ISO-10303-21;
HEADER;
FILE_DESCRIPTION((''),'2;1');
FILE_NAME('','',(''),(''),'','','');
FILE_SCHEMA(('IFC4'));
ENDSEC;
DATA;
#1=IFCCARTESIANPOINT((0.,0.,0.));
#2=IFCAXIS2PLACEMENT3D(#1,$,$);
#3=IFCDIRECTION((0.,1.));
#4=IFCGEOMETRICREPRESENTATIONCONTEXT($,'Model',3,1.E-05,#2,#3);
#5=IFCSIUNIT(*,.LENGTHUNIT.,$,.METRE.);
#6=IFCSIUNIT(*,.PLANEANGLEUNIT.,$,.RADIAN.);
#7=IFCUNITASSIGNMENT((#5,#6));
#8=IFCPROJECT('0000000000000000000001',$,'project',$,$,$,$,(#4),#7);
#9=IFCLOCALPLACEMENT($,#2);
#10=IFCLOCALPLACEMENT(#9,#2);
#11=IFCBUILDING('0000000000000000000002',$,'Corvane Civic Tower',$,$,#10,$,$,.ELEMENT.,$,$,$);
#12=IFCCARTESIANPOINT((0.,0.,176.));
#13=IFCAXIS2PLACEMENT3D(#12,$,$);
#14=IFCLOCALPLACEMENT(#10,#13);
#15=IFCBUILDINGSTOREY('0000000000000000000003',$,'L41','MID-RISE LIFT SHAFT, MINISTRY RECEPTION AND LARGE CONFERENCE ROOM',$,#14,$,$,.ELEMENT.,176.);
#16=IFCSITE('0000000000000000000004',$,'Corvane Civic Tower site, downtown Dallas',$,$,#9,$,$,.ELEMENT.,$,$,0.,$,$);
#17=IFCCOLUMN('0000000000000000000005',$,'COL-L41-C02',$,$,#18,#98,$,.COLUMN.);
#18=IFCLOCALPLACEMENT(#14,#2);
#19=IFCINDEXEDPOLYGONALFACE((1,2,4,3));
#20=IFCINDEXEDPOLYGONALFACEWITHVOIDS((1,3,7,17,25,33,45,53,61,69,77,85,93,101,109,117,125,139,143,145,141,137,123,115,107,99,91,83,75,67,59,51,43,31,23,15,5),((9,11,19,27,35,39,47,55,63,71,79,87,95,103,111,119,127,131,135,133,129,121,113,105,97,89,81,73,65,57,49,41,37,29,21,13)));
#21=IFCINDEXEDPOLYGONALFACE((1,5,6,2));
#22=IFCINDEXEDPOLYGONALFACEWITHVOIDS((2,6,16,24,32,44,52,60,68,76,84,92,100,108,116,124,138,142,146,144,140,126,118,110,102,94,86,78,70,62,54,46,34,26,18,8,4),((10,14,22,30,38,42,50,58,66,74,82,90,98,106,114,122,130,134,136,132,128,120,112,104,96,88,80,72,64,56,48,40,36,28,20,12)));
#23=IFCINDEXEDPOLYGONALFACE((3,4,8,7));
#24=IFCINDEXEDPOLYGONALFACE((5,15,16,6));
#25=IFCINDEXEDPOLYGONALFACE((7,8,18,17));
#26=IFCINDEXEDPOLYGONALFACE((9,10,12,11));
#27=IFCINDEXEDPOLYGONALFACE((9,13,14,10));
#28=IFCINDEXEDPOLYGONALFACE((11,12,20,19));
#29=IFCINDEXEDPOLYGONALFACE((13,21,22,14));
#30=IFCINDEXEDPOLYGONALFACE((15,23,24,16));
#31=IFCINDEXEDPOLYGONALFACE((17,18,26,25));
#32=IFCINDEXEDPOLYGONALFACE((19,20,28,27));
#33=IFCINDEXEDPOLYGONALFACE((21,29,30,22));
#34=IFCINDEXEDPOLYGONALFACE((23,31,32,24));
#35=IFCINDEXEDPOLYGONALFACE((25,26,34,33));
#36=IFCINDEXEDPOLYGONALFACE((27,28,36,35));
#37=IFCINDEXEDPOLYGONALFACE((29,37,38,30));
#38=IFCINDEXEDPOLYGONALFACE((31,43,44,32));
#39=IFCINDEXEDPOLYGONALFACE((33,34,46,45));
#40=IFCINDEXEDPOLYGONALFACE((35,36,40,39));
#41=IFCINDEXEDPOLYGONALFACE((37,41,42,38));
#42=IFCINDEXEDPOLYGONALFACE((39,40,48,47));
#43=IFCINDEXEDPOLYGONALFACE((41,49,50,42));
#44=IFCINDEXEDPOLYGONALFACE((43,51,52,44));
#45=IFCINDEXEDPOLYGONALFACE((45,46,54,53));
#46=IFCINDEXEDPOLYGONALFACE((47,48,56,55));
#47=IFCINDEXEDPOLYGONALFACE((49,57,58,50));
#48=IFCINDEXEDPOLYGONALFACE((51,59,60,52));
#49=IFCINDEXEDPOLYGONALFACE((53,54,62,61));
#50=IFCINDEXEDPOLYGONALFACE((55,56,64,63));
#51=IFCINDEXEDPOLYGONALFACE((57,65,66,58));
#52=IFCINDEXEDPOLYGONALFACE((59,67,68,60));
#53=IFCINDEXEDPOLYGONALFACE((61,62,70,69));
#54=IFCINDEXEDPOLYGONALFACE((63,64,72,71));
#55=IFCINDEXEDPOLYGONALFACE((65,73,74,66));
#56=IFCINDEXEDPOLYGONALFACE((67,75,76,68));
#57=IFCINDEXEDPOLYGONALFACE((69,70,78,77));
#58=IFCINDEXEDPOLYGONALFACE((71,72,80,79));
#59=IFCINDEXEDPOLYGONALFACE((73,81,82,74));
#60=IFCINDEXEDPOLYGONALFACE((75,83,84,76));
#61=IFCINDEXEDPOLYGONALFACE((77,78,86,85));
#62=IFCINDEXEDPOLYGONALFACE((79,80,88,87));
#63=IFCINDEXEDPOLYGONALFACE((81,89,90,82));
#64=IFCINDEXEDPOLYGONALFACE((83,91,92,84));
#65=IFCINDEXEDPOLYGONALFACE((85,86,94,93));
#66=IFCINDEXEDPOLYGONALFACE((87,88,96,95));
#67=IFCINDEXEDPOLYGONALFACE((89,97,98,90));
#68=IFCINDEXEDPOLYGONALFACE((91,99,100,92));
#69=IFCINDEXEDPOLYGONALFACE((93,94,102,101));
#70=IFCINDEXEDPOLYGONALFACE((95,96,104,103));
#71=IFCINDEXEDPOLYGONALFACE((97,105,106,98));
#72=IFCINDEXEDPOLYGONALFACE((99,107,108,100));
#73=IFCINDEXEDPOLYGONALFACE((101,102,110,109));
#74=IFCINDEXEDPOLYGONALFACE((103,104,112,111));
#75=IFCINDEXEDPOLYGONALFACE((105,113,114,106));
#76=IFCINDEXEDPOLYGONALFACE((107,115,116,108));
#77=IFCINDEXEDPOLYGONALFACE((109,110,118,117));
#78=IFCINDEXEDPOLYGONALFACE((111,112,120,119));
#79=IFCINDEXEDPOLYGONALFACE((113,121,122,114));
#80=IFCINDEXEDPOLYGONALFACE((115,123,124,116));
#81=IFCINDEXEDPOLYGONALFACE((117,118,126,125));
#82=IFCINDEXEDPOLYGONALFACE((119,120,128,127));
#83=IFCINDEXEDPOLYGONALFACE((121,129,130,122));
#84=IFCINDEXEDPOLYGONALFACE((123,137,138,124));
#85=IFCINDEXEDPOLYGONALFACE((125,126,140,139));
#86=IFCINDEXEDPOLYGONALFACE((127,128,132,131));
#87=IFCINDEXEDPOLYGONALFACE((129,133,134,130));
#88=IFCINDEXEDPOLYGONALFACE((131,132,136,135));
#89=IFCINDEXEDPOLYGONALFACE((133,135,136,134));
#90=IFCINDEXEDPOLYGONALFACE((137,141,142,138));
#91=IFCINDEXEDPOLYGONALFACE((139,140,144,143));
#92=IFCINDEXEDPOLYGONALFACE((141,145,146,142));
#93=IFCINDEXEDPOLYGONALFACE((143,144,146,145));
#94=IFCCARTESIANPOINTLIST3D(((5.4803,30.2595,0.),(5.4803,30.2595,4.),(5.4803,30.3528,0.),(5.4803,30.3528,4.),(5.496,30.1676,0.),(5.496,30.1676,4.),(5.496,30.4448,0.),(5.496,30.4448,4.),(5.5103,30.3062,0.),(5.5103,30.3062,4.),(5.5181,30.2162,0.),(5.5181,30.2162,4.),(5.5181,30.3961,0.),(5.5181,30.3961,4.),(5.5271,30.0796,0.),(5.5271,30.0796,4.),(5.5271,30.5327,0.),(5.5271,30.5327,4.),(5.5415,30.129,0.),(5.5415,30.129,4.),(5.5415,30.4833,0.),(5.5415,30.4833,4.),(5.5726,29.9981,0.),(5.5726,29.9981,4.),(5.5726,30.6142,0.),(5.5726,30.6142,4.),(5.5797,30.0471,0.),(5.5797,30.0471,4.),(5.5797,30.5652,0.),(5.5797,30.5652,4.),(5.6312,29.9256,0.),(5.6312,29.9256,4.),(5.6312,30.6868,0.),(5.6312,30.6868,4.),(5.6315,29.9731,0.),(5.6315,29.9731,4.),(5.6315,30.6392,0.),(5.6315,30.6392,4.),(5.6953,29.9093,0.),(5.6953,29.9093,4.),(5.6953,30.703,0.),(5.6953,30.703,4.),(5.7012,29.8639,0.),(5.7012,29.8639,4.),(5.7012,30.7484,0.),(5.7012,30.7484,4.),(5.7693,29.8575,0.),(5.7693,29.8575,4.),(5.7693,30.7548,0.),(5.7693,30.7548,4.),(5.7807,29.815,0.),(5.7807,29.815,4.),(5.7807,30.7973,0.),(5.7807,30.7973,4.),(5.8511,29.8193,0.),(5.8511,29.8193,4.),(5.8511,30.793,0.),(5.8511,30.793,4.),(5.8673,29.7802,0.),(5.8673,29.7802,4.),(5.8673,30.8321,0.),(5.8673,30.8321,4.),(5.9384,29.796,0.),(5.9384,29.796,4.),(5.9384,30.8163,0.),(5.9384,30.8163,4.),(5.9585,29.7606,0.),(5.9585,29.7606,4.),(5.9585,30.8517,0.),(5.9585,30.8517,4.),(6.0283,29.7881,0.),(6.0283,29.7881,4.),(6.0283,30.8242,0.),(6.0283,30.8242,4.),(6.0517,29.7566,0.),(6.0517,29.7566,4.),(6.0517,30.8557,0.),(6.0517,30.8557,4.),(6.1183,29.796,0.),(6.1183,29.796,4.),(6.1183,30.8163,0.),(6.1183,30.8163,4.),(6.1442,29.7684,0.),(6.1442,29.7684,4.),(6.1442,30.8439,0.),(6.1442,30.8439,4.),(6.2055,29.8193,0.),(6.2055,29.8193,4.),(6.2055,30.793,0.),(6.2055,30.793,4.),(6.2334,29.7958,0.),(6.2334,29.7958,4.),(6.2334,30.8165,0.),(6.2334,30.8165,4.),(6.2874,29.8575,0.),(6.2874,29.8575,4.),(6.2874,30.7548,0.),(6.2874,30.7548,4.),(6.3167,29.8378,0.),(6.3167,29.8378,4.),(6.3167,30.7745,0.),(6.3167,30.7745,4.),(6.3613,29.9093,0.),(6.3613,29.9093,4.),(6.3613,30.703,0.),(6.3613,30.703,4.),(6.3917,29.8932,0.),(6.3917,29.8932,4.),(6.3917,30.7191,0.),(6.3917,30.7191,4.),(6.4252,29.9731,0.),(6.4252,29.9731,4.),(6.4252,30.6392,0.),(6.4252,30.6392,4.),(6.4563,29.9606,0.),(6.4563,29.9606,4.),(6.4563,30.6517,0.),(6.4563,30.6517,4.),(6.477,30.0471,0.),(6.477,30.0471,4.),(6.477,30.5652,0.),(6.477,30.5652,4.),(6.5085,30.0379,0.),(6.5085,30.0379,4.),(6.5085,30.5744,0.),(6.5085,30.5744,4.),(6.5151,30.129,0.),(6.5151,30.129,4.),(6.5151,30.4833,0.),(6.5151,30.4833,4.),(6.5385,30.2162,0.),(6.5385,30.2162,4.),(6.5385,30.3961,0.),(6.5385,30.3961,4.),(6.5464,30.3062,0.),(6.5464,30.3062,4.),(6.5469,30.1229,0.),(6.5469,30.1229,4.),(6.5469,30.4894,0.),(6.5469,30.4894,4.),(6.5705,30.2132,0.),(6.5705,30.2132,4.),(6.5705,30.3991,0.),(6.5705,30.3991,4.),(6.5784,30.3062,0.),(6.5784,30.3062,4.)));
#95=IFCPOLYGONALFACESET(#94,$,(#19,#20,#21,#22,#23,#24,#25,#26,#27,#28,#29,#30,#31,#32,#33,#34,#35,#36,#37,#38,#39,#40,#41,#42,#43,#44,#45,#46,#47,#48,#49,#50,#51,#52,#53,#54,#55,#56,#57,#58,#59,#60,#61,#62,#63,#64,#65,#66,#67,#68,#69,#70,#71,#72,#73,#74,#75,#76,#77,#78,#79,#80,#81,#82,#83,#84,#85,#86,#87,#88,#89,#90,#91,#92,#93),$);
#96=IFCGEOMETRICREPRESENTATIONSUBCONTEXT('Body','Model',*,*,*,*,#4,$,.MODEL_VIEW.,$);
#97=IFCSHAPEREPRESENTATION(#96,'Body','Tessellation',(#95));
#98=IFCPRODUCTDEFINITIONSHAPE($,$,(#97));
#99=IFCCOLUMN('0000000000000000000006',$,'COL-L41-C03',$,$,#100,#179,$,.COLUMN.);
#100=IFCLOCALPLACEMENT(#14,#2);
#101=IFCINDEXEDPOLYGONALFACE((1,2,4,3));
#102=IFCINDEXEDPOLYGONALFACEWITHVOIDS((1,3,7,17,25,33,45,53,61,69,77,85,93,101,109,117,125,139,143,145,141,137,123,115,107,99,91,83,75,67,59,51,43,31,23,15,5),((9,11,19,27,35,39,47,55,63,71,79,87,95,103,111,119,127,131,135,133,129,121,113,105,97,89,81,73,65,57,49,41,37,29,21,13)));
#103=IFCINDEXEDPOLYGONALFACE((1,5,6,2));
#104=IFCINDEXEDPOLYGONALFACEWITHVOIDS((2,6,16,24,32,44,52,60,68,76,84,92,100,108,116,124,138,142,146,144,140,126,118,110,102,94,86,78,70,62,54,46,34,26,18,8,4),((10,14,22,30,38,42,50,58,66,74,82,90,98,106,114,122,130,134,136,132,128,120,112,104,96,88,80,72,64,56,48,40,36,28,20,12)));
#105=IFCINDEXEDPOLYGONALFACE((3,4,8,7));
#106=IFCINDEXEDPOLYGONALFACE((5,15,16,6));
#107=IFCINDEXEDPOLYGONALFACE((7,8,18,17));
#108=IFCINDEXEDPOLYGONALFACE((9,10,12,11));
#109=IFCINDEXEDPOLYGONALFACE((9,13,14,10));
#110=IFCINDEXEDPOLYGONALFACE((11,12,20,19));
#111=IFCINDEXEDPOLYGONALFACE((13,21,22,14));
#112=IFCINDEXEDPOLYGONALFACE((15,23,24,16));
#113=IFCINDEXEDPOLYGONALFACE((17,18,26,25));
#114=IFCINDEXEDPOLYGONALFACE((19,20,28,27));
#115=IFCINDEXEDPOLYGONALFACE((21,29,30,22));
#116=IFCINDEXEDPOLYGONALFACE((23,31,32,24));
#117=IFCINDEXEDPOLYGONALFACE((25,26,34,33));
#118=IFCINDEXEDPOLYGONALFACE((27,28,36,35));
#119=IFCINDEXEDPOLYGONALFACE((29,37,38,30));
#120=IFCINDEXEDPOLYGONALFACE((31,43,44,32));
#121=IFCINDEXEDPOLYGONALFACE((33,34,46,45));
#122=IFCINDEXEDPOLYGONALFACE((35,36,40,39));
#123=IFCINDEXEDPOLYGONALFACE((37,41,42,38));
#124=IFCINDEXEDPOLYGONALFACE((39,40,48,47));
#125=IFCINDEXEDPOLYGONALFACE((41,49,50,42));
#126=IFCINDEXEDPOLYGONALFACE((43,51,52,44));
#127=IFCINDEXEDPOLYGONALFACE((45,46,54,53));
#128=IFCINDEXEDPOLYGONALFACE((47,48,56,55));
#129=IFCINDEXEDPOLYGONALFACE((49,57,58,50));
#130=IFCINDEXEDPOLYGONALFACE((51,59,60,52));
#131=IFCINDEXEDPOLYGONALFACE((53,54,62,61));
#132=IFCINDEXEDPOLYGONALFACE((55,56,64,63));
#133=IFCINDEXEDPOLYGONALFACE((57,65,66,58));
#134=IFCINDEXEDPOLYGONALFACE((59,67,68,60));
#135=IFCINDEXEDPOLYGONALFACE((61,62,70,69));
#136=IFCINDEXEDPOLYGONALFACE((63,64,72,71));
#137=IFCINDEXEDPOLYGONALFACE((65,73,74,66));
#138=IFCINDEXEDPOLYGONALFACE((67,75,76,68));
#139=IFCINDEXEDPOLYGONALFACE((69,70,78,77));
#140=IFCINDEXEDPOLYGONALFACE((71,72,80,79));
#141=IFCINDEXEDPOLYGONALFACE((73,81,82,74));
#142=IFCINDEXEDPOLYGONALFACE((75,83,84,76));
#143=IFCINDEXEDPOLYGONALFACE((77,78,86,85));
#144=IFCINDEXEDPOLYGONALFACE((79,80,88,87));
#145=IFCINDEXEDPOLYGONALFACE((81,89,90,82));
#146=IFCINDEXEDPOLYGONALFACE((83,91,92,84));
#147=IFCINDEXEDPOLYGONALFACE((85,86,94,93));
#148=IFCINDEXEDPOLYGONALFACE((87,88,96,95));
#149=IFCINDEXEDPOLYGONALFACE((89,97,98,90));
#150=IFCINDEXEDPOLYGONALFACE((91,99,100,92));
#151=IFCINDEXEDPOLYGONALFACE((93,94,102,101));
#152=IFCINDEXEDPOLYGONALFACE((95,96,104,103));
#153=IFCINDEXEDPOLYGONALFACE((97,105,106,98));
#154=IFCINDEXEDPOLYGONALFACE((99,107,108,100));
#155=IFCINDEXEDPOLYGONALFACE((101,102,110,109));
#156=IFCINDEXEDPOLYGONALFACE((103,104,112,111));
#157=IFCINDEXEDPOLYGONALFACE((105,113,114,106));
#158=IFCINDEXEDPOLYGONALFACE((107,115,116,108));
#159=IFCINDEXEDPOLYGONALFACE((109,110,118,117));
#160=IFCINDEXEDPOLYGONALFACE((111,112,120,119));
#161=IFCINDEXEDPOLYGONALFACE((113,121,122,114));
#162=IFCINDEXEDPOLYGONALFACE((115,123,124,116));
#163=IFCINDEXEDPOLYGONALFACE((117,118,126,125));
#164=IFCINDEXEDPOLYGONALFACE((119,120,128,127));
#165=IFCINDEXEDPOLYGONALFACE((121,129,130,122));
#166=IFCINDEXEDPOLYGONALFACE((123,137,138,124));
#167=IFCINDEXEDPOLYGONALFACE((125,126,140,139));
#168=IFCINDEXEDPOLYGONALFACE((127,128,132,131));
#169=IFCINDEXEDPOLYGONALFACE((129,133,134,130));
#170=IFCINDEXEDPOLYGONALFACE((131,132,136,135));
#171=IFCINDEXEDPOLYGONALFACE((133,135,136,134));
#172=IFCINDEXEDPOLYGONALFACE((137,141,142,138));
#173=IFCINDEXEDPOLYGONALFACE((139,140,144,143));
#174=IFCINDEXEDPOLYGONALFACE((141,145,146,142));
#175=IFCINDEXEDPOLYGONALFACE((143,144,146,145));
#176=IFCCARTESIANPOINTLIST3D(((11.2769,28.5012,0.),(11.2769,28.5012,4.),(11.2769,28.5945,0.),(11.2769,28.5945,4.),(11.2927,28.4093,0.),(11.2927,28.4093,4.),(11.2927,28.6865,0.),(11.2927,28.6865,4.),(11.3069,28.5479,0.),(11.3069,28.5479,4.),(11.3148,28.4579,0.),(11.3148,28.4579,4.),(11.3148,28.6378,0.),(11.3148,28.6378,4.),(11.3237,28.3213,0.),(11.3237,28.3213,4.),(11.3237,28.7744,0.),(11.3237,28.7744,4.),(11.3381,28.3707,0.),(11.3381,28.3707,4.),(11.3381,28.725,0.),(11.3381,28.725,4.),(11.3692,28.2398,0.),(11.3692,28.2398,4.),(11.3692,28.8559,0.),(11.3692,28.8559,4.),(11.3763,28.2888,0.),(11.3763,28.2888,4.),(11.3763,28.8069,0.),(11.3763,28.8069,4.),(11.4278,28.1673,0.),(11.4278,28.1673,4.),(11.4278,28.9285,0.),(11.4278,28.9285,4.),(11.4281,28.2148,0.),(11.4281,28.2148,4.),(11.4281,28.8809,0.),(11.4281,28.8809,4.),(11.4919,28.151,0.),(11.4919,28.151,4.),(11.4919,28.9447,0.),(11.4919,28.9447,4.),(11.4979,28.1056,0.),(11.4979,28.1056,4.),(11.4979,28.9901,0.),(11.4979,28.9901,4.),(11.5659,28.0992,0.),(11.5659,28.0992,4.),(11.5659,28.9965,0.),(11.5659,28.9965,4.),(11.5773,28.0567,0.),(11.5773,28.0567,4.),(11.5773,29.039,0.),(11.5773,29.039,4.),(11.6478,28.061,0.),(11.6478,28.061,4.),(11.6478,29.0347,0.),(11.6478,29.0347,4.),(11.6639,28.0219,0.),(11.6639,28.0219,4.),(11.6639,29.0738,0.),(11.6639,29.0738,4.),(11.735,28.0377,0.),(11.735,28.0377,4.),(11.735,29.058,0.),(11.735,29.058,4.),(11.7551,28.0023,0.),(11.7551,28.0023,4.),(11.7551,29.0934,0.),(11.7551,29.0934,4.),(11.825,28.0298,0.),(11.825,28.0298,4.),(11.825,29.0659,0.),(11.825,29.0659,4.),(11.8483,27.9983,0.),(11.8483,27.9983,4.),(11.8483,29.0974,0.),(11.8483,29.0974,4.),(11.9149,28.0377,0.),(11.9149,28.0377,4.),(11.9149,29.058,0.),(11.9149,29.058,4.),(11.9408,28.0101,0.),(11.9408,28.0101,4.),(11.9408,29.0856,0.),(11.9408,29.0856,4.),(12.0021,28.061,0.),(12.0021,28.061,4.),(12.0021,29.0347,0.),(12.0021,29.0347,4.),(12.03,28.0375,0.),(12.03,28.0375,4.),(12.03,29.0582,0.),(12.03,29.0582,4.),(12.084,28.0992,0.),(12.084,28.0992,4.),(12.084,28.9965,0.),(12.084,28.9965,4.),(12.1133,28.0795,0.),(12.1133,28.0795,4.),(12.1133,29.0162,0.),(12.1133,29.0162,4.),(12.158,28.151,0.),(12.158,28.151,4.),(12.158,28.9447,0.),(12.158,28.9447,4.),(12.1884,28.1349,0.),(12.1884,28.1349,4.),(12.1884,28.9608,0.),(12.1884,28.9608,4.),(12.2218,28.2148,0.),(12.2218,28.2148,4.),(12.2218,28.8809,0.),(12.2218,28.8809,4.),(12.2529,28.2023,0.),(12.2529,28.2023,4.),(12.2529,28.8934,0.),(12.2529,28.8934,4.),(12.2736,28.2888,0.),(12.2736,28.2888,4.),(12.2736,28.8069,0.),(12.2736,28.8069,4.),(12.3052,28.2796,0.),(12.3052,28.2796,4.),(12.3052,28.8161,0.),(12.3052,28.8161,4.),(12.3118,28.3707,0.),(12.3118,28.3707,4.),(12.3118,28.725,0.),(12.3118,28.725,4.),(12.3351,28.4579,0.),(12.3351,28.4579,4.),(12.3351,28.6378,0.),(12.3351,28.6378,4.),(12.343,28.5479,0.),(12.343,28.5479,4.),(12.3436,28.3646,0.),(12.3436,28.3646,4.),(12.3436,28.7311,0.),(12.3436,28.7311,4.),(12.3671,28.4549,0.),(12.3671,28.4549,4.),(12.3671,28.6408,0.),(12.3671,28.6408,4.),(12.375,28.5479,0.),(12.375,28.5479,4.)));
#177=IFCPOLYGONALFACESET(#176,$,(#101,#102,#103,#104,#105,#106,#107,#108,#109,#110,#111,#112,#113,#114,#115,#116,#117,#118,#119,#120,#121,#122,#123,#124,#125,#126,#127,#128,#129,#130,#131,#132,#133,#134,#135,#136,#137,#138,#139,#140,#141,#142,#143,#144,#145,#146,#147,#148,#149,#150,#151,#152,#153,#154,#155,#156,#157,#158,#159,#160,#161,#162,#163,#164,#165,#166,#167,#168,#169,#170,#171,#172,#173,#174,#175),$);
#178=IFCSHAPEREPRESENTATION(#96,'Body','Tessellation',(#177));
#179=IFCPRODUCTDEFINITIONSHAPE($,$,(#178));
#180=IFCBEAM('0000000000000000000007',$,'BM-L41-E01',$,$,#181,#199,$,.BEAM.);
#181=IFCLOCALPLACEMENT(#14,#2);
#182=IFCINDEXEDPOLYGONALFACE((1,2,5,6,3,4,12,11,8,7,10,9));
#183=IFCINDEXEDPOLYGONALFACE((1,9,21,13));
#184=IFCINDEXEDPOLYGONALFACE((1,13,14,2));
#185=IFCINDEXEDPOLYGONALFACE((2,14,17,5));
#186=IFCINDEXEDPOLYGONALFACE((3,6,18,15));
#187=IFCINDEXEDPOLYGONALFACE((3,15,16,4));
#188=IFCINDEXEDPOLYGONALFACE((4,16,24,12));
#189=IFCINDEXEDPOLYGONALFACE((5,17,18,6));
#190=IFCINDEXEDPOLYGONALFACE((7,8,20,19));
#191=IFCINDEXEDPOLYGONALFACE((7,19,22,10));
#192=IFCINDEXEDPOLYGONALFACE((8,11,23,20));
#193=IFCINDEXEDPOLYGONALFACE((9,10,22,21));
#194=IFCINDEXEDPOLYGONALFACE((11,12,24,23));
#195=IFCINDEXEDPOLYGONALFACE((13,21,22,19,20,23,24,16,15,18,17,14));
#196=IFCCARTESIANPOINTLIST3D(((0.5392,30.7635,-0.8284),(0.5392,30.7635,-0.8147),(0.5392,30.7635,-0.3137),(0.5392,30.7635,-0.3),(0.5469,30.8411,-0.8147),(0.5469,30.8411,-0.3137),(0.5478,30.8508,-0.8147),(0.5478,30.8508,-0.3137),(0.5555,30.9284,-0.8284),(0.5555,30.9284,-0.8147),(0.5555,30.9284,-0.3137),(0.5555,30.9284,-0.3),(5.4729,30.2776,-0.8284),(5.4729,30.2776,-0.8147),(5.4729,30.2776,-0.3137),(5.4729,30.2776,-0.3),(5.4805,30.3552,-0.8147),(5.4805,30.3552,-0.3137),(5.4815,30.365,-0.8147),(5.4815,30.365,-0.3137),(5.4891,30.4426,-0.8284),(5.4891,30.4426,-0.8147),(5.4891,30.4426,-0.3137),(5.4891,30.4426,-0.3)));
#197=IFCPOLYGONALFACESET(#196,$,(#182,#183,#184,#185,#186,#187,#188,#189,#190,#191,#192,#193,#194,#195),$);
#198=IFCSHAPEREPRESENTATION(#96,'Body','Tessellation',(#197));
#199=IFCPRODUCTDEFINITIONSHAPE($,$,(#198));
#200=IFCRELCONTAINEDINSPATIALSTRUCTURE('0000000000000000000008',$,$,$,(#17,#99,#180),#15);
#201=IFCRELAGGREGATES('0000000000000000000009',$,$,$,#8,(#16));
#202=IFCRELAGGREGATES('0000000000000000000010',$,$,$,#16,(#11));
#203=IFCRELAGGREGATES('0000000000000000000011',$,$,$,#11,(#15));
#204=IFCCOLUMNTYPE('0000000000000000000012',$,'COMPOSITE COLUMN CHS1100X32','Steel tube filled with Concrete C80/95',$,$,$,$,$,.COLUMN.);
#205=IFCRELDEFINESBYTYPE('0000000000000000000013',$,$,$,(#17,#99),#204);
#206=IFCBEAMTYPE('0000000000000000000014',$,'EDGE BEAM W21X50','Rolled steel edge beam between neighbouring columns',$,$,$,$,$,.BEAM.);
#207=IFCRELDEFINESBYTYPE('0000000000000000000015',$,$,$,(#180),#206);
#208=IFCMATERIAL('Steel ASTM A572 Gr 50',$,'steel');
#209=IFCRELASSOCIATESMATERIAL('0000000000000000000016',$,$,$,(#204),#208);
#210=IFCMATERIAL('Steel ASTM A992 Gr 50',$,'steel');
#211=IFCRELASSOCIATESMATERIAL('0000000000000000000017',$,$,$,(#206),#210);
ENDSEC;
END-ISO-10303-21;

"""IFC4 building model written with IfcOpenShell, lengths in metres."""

from ifc_helpers import new_model, si_unit, direction, frame, origin, origin_2d, place, context, subcontext, project, spatial, hollow_circle, i_section, extrude, material, material_profile, profile_set, type_object, element, save


model = new_model("IFC4")

# Units and contexts
model_context = context("Model", 3, precision=1e-05, world=origin(), true_north=direction((0.0, 1.0)))
body_context = subcontext(model_context, "Body", "Model", "MODEL_VIEW")
ifc_project = project(units=[si_unit("LENGTHUNIT", "METRE"), si_unit("PLANEANGLEUNIT", "RADIAN")], contexts=[model_context])

# Site, building, storey
site_placement = place(None, origin())
site = spatial("IfcSite", under=ifc_project, at=site_placement, Name="Corvane Civic Tower site, downtown Dallas", CompositionType="ELEMENT", RefElevation=0.0)
building_placement = place(site_placement, origin())
building = spatial("IfcBuilding", under=site, at=building_placement, Name="Corvane Civic Tower", CompositionType="ELEMENT")
storey_placement = place(building_placement, frame((0.0, 0.0, 176.0)))
storey = spatial("IfcBuildingStorey", under=building, at=storey_placement, Name="L41", Description="MID-RISE LIFT SHAFT, MINISTRY RECEPTION AND LARGE CONFERENCE ROOM", CompositionType="ELEMENT", Elevation=176.0)

# Columns
ifc_material_1 = material(Name="Steel ASTM A572 Gr 50", Category="steel")
ifc_material_profile_1 = material_profile(ifc_material_1, hollow_circle(Radius=0.55, WallThickness=0.032, at=origin_2d()), Name="CHS1100X32")
ifc_profile_set_1 = profile_set([ifc_material_profile_1], Name="Steel ASTM A572 Gr 50")
column_type = type_object("IfcColumnType", Name="COMPOSITE COLUMN CHS1100X32", Description="Steel tube filled with Concrete C80/95", PredefinedType="COLUMN", material=ifc_profile_set_1)
for number, where, z_axis, x_axis, name in (
    (1, (6.0283, 30.3062, 0.0), (0.0, 0.0, 1.0), (1.0, 0.0, 0.0), "COL-L41-C02"),
    (2, (11.825, 28.5479, 0.0), (0.0, 0.0, 1.0), (1.0, 0.0, 0.0), "COL-L41-C03"),
):
    element("IfcColumn", number, at=place(storey_placement, frame(where, z_axis=z_axis, x_axis=x_axis)), inside=storey, type_object=column_type, Name=name, PredefinedType="COLUMN", context=body_context, shape_type="SweptSolid", body=[
        extrude(hollow_circle(Radius=0.55, WallThickness=0.032, at=origin_2d()), origin(), (0.0, 0.0, 1.0), 4.0),
    ])

# Beam
ifc_material_2 = material(Name="Steel ASTM A992 Gr 50", Category="steel")
ifc_material_profile_2 = material_profile(ifc_material_2, i_section(OverallWidth=0.1658, OverallDepth=0.5283, WebThickness=0.0098, FlangeThickness=0.0137, at=origin_2d()), Name="W21X50")
ifc_profile_set_2 = profile_set([ifc_material_profile_2], Name="Steel ASTM A992 Gr 50")
beam_type_1 = type_object("IfcBeamType", Name="EDGE BEAM W21X50", Description="Rolled steel edge beam between neighbouring columns", PredefinedType="BEAM", material=ifc_profile_set_2)
beam_1_placement = place(storey_placement, frame((0.5474, 30.8459, -0.5642), z_axis=(0.995186, -0.098002, 0.0), x_axis=(0.098002, 0.995186, 0.0)))
element("IfcBeam", 3, at=beam_1_placement, inside=storey, type_object=beam_type_1, Name="BM-L41-E01", PredefinedType="BEAM", context=body_context, shape_type="SweptSolid", body=[
    extrude(i_section(OverallWidth=0.1658, OverallDepth=0.5283, WebThickness=0.0098, FlangeThickness=0.0137, at=origin_2d()), origin(), (0.0, 0.0, 1.0), 4.9575),
])

save(model, "model.ifc")
